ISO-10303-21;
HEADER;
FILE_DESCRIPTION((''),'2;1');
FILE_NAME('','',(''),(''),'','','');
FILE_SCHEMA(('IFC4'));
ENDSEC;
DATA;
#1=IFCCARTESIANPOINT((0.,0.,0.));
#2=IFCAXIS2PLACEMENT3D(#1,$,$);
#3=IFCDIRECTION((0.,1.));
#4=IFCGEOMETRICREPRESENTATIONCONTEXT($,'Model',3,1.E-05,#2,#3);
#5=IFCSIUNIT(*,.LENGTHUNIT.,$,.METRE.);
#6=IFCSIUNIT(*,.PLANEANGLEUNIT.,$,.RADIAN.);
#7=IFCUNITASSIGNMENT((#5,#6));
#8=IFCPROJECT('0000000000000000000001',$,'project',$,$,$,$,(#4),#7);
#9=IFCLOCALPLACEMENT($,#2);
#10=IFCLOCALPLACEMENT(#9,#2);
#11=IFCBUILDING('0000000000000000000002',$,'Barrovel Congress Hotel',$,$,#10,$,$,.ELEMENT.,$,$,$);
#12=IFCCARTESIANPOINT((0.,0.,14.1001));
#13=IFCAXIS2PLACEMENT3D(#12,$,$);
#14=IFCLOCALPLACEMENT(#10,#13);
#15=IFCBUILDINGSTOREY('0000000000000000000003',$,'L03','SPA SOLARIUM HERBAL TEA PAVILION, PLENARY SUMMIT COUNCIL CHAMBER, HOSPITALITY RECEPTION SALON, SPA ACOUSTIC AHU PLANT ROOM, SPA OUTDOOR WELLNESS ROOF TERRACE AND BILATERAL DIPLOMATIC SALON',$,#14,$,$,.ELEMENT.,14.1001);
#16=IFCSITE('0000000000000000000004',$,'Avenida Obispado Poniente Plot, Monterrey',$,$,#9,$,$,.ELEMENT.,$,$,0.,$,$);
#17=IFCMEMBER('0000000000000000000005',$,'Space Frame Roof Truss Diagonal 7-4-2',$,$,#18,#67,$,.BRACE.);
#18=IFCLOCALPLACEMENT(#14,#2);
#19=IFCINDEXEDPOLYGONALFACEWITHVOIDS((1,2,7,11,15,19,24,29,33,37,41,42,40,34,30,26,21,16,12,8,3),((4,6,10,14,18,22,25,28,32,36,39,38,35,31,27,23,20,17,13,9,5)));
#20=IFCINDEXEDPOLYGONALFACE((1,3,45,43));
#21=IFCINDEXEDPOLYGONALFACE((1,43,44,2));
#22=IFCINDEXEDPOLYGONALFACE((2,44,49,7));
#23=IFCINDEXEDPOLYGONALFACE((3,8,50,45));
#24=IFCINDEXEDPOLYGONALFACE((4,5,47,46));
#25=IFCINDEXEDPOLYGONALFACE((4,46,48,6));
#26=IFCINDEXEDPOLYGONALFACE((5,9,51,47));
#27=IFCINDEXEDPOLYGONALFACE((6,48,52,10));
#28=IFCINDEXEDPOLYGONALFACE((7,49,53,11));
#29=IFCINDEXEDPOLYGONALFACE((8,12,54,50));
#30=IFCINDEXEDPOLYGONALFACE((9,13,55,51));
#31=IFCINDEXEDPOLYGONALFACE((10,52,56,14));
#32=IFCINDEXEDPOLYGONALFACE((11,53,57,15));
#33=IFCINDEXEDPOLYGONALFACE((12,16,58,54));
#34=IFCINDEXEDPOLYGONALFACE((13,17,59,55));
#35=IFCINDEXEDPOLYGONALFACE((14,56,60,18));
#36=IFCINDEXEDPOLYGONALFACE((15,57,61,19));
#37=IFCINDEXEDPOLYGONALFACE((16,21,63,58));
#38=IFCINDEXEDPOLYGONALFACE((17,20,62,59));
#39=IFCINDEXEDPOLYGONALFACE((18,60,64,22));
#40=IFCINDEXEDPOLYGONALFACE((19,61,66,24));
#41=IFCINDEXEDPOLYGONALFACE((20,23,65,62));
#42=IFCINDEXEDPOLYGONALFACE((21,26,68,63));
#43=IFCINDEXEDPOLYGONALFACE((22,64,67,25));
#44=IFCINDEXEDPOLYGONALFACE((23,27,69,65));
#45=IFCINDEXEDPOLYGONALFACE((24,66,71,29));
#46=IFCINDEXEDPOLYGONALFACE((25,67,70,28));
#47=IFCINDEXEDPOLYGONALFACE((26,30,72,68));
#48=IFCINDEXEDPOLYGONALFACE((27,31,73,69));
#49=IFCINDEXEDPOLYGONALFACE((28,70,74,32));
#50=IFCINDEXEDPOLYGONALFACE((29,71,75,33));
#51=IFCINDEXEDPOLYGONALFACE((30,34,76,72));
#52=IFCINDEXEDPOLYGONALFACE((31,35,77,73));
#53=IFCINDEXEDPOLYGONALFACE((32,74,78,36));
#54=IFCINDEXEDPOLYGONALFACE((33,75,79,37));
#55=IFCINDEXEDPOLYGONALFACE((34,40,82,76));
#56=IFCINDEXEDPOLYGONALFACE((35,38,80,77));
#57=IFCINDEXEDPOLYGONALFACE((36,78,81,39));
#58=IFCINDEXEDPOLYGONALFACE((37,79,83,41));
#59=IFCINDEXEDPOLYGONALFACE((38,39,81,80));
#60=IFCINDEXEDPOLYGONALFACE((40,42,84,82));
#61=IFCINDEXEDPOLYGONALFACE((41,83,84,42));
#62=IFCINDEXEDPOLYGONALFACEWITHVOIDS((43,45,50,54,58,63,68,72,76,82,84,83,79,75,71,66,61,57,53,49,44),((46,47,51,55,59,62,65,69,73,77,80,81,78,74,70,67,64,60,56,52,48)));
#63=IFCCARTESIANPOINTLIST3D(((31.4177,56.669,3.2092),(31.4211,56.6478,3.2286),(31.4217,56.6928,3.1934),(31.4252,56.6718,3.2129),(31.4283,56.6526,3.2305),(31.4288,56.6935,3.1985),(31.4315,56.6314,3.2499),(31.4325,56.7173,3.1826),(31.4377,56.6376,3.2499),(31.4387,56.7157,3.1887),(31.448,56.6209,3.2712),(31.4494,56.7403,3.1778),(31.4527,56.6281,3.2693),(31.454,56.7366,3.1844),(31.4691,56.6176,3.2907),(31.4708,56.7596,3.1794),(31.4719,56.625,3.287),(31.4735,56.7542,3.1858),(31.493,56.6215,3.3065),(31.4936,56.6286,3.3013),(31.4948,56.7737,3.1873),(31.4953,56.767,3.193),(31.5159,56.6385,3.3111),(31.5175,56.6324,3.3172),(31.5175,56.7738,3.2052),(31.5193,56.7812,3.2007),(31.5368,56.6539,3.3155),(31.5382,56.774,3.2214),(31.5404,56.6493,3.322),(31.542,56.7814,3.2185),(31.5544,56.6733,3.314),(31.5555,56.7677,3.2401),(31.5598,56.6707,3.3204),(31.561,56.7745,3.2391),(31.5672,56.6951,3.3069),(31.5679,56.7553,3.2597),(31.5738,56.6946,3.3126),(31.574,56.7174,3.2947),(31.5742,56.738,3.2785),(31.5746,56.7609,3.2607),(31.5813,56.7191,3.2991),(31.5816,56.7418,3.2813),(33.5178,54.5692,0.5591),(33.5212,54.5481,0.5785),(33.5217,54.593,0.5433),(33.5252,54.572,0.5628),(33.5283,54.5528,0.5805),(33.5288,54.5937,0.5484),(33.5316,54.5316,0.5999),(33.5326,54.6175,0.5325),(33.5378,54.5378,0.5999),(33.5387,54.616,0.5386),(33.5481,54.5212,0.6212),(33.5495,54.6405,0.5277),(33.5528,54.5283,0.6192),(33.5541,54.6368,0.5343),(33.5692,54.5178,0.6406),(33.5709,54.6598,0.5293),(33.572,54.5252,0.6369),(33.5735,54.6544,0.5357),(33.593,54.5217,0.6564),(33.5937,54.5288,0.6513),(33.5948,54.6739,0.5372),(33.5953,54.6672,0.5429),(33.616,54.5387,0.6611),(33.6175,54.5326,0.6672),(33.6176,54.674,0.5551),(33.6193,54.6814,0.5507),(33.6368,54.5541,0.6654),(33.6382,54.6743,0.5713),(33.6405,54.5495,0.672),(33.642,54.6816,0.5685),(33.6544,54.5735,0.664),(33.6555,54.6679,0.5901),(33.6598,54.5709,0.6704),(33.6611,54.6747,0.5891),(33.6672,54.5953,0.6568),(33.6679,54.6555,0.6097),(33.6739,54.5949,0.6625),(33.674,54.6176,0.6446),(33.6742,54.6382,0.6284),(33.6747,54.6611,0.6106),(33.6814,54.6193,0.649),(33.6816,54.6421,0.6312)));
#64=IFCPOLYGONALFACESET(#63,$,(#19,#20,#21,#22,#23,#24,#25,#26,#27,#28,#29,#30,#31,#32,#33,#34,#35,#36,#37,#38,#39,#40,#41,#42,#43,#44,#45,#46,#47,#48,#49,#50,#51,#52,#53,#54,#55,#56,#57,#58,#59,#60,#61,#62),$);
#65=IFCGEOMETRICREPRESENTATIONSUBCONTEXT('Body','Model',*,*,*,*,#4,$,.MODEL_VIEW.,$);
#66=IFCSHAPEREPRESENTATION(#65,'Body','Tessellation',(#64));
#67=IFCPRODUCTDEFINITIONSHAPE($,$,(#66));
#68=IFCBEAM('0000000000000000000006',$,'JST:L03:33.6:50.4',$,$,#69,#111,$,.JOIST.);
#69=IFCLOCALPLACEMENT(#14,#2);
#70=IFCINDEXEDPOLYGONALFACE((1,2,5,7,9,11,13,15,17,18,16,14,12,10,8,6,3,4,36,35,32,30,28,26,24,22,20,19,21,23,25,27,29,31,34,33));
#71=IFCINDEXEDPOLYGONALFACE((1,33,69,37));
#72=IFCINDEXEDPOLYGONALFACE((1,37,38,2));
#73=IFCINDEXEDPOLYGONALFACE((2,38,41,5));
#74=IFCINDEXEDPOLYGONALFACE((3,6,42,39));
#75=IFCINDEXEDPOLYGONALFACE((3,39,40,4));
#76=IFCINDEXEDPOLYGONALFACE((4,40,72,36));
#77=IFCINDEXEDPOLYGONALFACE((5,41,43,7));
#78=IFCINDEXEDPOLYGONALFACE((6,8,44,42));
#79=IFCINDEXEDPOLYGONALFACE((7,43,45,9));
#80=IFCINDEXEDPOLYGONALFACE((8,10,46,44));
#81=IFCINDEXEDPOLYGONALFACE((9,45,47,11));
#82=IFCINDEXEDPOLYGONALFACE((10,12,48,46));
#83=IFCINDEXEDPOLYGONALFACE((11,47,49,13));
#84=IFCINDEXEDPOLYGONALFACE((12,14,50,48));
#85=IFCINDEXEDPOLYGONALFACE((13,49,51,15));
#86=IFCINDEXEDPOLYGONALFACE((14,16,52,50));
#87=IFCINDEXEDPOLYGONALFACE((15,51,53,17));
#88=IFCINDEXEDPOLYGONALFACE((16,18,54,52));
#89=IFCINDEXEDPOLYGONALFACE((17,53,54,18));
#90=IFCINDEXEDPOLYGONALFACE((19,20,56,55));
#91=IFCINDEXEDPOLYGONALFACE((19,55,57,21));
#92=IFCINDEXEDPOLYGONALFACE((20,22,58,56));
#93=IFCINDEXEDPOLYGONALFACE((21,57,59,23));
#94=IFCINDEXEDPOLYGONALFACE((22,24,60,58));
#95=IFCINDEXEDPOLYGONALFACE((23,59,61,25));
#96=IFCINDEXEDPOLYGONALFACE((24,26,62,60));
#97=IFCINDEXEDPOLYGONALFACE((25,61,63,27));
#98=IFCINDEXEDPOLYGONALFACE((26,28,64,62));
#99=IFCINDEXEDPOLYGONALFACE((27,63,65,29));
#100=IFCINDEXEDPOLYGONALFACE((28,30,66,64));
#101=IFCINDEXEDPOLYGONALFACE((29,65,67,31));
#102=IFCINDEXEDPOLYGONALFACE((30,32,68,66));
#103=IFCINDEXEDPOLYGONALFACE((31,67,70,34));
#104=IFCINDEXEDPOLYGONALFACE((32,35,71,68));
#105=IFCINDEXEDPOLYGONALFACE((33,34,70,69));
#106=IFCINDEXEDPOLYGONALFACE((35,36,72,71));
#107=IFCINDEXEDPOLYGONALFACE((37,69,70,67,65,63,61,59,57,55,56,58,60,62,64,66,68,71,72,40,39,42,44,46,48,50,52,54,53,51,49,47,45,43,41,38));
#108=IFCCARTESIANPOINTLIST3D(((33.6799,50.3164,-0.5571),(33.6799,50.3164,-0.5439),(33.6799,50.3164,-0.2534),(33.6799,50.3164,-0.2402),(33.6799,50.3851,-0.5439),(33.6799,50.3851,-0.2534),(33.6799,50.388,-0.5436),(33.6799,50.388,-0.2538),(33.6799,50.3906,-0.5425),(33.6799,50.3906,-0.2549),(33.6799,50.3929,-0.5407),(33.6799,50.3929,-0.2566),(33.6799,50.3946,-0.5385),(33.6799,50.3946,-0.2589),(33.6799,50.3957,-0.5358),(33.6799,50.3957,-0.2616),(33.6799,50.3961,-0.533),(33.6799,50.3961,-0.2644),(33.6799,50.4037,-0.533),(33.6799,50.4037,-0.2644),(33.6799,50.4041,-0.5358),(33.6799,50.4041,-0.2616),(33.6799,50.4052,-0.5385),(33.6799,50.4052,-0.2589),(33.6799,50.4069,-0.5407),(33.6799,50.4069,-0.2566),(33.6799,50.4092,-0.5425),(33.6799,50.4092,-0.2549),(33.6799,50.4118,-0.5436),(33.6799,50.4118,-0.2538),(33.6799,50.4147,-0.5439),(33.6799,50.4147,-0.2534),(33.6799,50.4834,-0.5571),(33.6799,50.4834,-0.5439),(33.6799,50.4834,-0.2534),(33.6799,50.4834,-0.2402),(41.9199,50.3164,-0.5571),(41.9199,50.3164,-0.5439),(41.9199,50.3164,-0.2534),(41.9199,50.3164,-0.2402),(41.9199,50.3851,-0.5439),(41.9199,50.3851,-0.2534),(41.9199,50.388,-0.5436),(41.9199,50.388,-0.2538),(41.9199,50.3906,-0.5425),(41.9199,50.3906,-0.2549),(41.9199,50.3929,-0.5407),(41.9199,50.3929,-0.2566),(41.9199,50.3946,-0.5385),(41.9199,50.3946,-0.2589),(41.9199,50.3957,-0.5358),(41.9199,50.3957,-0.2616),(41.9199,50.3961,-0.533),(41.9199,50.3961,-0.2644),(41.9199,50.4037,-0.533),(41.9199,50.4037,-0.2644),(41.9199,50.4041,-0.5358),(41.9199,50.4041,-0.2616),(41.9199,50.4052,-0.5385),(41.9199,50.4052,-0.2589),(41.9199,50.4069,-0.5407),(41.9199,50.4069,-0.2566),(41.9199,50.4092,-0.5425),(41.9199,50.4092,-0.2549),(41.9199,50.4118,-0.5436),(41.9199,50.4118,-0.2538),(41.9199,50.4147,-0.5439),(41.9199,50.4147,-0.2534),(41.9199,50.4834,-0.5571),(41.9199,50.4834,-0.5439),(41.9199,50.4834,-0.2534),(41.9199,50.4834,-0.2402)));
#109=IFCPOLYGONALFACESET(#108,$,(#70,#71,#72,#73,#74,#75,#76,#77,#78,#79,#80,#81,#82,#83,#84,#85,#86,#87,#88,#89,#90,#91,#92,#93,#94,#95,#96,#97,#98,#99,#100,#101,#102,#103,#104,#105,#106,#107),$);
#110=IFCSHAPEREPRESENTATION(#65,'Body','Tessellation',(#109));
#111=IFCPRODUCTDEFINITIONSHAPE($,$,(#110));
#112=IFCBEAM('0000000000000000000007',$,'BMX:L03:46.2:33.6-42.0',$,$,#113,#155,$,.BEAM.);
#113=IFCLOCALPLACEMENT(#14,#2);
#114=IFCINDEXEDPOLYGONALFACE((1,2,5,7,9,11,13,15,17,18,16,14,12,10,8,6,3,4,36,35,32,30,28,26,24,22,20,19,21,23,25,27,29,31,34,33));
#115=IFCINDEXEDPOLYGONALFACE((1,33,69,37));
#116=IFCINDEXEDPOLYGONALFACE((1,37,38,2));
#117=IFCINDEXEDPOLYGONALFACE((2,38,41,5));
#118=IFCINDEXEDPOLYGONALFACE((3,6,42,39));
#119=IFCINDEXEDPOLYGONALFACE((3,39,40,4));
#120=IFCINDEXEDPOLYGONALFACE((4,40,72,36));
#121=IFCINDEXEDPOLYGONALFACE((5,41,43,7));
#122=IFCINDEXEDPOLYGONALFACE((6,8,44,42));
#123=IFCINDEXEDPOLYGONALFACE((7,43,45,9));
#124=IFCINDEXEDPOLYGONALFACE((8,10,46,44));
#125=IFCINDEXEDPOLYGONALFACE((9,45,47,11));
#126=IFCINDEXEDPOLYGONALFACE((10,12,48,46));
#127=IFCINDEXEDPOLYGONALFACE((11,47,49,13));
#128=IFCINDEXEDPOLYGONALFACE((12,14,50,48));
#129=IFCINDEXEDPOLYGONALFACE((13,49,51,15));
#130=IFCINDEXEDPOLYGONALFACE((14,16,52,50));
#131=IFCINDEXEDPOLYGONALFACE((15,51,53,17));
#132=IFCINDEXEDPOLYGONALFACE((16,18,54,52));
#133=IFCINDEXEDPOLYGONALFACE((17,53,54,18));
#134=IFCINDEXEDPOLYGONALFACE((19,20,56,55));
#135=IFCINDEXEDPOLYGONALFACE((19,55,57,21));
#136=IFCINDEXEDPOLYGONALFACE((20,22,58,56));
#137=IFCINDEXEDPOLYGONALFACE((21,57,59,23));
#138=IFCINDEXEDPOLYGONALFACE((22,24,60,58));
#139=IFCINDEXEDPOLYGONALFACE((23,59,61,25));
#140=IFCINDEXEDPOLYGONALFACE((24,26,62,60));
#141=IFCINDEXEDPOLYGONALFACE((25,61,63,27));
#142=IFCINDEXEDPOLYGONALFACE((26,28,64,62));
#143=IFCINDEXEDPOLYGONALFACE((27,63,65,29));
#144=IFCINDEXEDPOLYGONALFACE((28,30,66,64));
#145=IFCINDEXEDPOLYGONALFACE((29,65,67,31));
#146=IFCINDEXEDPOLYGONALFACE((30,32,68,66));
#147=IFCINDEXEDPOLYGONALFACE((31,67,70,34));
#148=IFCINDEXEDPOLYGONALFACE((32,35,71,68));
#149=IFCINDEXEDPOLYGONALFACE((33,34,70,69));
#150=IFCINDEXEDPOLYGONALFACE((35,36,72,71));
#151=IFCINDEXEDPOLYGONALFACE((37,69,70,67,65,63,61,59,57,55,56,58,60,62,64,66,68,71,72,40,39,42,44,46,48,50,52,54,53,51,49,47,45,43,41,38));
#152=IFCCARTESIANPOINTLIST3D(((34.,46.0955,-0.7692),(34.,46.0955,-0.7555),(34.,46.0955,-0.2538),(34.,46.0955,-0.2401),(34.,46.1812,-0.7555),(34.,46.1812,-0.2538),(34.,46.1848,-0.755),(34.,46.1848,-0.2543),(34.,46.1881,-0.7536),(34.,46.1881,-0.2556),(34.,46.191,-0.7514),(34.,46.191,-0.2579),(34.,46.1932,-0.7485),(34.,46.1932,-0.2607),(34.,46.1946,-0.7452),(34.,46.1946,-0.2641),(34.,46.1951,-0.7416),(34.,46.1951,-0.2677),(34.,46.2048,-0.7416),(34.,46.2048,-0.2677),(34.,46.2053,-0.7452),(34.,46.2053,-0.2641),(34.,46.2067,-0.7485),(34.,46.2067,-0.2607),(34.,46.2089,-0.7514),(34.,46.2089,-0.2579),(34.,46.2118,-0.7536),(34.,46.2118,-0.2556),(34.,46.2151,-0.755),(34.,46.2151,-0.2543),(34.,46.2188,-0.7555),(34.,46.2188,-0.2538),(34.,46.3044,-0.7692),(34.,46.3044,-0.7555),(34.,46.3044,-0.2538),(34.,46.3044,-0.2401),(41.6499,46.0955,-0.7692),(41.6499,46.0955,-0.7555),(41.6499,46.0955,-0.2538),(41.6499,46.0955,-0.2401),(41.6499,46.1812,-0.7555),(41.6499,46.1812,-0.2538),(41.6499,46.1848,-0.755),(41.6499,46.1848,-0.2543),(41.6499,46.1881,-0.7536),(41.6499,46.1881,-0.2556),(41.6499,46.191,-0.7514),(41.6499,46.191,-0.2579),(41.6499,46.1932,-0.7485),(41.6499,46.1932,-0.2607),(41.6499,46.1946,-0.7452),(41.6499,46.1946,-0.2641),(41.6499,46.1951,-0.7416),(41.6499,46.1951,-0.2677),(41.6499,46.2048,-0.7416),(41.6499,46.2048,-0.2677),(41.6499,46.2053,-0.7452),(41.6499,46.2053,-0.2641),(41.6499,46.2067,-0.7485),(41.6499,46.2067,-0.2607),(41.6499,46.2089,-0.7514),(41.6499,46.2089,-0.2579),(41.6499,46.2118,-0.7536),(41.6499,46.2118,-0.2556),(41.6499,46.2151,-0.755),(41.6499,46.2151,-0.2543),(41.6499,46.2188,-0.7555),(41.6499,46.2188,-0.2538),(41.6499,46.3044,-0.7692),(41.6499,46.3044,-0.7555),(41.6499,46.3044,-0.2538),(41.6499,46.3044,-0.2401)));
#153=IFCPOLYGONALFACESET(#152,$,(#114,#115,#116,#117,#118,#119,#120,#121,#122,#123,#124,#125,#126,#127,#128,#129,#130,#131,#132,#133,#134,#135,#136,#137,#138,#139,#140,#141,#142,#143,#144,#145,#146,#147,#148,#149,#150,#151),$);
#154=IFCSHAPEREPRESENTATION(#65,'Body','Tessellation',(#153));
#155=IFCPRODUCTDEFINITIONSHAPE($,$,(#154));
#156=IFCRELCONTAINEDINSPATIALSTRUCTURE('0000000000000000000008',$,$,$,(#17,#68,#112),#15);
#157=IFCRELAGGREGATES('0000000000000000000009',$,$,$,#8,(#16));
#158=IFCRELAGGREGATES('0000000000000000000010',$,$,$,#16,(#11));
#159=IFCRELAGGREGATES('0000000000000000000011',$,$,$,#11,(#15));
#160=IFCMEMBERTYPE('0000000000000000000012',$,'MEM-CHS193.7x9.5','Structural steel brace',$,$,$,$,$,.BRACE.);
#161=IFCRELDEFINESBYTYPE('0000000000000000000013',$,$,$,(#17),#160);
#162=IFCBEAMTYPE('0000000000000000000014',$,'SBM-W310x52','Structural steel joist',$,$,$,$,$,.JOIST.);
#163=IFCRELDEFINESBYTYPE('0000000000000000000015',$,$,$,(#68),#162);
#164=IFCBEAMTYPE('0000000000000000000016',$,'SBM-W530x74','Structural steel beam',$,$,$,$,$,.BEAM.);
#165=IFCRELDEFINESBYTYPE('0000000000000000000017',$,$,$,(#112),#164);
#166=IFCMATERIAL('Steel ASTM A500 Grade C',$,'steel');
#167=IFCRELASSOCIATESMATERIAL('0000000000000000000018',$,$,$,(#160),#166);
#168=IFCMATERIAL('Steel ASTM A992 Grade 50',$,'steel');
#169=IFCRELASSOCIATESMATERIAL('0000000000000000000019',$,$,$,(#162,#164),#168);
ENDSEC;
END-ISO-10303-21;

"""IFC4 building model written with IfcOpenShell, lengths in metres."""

from ifc_helpers import new_model, si_unit, direction, frame, origin, origin_2d, place, context, subcontext, project, spatial, hollow_circle, i_section, extrude, material, material_profile, profile_set, type_object, element, save


model = new_model("IFC4")

# Units and contexts
model_context = context("Model", 3, precision=1e-05, world=origin(), true_north=direction((0.0, 1.0)))
body_context = subcontext(model_context, "Body", "Model", "MODEL_VIEW")
ifc_project = project(units=[si_unit("LENGTHUNIT", "METRE"), si_unit("PLANEANGLEUNIT", "RADIAN")], contexts=[model_context])

# Site, building, storey
site_placement = place(None, origin())
site = spatial("IfcSite", under=ifc_project, at=site_placement, Name="Avenida Obispado Poniente Plot, Monterrey", CompositionType="ELEMENT", RefElevation=0.0)
building_placement = place(site_placement, origin())
building = spatial("IfcBuilding", under=site, at=building_placement, Name="Barrovel Congress Hotel", CompositionType="ELEMENT")
storey_placement = place(building_placement, frame((0.0, 0.0, 14.1001)))
storey = spatial("IfcBuildingStorey", under=building, at=storey_placement, Name="L03", Description="SPA SOLARIUM HERBAL TEA PAVILION, PLENARY SUMMIT COUNCIL CHAMBER, HOSPITALITY RECEPTION SALON, SPA ACOUSTIC AHU PLANT ROOM, SPA OUTDOOR WELLNESS ROOF TERRACE AND BILATERAL DIPLOMATIC SALON", CompositionType="ELEMENT", Elevation=14.1001)

# Member
ifc_material_1 = material(Name="Steel ASTM A500 Grade C", Category="steel")
ifc_material_profile_1 = material_profile(ifc_material_1, hollow_circle(Radius=0.0969, WallThickness=0.0088, at=origin_2d()), Name="CHS193.7x9.5")
ifc_profile_set_1 = profile_set([ifc_material_profile_1], Name="Steel ASTM A500 Grade C")
member_type_1 = type_object("IfcMemberType", Name="MEM-CHS193.7x9.5", Description="Structural steel brace", PredefinedType="BRACE", material=ifc_profile_set_1)
for number, where, z_axis, x_axis, name in (
    (1, (33.6001, 54.6001, 0.5999), (-0.527618, 0.527557, 0.66581), (-0.707066, -0.707148, 0.0), "Space Frame Roof Truss Diagonal 7-4-2"),
):
    element("IfcMember", number, at=place(storey_placement, frame(where, z_axis=z_axis, x_axis=x_axis)), inside=storey, type_object=member_type_1, Name=name, PredefinedType="BRACE", context=body_context, shape_type="SweptSolid", body=[
        extrude(hollow_circle(Radius=0.0969, WallThickness=0.0088, at=origin_2d()), origin(), (0.0, 0.0, 1.0), 3.9802),
    ])

# Beams
ifc_material_2 = material(Name="Steel ASTM A992 Grade 50", Category="steel")
ifc_material_profile_2 = material_profile(ifc_material_2, i_section(OverallWidth=0.167, OverallDepth=0.3169, WebThickness=0.0076, FlangeThickness=0.0132, FilletRadius=0.011, at=origin_2d()), Name="W310x52")
ifc_profile_set_2 = profile_set([ifc_material_profile_2], Name="Steel ASTM A992 Grade 50")
beam_type_1 = type_object("IfcBeamType", Name="SBM-W310x52", Description="Structural steel joist", PredefinedType="JOIST", material=ifc_profile_set_2)
beam_1_placement = place(storey_placement, frame((33.6799, 50.3999, -0.3987), z_axis=(1.0, 0.0, 0.0), x_axis=(0.0, 1.0, 0.0)))
element("IfcBeam", 2, at=beam_1_placement, inside=storey, type_object=beam_type_1, Name="JST:L03:33.6:50.4", PredefinedType="JOIST", context=body_context, shape_type="SweptSolid", body=[
    extrude(i_section(OverallWidth=0.167, OverallDepth=0.3169, WebThickness=0.0076, FlangeThickness=0.0132, FilletRadius=0.011, at=origin_2d()), origin(), (0.0, 0.0, 1.0), 8.24),
])
ifc_material_profile_3 = material_profile(ifc_material_2, i_section(OverallWidth=0.209, OverallDepth=0.5291, WebThickness=0.0098, FlangeThickness=0.0137, FilletRadius=0.0139, at=origin_2d()), Name="W530x74")
ifc_profile_set_3 = profile_set([ifc_material_profile_3], Name="Steel ASTM A992 Grade 50")
beam_type_2 = type_object("IfcBeamType", Name="SBM-W530x74", Description="Structural steel beam", PredefinedType="BEAM", material=ifc_profile_set_3)
beam_2_placement = place(storey_placement, frame((34.0, 46.2, -0.5046), z_axis=(1.0, 0.0, 0.0), x_axis=(0.0, 1.0, 0.0)))
element("IfcBeam", 3, at=beam_2_placement, inside=storey, type_object=beam_type_2, Name="BMX:L03:46.2:33.6-42.0", PredefinedType="BEAM", context=body_context, shape_type="SweptSolid", body=[
    extrude(i_section(OverallWidth=0.209, OverallDepth=0.5291, WebThickness=0.0098, FlangeThickness=0.0137, FilletRadius=0.0139, at=origin_2d()), origin(), (0.0, 0.0, 1.0), 7.6499),
])

save(model, "model.ifc")
